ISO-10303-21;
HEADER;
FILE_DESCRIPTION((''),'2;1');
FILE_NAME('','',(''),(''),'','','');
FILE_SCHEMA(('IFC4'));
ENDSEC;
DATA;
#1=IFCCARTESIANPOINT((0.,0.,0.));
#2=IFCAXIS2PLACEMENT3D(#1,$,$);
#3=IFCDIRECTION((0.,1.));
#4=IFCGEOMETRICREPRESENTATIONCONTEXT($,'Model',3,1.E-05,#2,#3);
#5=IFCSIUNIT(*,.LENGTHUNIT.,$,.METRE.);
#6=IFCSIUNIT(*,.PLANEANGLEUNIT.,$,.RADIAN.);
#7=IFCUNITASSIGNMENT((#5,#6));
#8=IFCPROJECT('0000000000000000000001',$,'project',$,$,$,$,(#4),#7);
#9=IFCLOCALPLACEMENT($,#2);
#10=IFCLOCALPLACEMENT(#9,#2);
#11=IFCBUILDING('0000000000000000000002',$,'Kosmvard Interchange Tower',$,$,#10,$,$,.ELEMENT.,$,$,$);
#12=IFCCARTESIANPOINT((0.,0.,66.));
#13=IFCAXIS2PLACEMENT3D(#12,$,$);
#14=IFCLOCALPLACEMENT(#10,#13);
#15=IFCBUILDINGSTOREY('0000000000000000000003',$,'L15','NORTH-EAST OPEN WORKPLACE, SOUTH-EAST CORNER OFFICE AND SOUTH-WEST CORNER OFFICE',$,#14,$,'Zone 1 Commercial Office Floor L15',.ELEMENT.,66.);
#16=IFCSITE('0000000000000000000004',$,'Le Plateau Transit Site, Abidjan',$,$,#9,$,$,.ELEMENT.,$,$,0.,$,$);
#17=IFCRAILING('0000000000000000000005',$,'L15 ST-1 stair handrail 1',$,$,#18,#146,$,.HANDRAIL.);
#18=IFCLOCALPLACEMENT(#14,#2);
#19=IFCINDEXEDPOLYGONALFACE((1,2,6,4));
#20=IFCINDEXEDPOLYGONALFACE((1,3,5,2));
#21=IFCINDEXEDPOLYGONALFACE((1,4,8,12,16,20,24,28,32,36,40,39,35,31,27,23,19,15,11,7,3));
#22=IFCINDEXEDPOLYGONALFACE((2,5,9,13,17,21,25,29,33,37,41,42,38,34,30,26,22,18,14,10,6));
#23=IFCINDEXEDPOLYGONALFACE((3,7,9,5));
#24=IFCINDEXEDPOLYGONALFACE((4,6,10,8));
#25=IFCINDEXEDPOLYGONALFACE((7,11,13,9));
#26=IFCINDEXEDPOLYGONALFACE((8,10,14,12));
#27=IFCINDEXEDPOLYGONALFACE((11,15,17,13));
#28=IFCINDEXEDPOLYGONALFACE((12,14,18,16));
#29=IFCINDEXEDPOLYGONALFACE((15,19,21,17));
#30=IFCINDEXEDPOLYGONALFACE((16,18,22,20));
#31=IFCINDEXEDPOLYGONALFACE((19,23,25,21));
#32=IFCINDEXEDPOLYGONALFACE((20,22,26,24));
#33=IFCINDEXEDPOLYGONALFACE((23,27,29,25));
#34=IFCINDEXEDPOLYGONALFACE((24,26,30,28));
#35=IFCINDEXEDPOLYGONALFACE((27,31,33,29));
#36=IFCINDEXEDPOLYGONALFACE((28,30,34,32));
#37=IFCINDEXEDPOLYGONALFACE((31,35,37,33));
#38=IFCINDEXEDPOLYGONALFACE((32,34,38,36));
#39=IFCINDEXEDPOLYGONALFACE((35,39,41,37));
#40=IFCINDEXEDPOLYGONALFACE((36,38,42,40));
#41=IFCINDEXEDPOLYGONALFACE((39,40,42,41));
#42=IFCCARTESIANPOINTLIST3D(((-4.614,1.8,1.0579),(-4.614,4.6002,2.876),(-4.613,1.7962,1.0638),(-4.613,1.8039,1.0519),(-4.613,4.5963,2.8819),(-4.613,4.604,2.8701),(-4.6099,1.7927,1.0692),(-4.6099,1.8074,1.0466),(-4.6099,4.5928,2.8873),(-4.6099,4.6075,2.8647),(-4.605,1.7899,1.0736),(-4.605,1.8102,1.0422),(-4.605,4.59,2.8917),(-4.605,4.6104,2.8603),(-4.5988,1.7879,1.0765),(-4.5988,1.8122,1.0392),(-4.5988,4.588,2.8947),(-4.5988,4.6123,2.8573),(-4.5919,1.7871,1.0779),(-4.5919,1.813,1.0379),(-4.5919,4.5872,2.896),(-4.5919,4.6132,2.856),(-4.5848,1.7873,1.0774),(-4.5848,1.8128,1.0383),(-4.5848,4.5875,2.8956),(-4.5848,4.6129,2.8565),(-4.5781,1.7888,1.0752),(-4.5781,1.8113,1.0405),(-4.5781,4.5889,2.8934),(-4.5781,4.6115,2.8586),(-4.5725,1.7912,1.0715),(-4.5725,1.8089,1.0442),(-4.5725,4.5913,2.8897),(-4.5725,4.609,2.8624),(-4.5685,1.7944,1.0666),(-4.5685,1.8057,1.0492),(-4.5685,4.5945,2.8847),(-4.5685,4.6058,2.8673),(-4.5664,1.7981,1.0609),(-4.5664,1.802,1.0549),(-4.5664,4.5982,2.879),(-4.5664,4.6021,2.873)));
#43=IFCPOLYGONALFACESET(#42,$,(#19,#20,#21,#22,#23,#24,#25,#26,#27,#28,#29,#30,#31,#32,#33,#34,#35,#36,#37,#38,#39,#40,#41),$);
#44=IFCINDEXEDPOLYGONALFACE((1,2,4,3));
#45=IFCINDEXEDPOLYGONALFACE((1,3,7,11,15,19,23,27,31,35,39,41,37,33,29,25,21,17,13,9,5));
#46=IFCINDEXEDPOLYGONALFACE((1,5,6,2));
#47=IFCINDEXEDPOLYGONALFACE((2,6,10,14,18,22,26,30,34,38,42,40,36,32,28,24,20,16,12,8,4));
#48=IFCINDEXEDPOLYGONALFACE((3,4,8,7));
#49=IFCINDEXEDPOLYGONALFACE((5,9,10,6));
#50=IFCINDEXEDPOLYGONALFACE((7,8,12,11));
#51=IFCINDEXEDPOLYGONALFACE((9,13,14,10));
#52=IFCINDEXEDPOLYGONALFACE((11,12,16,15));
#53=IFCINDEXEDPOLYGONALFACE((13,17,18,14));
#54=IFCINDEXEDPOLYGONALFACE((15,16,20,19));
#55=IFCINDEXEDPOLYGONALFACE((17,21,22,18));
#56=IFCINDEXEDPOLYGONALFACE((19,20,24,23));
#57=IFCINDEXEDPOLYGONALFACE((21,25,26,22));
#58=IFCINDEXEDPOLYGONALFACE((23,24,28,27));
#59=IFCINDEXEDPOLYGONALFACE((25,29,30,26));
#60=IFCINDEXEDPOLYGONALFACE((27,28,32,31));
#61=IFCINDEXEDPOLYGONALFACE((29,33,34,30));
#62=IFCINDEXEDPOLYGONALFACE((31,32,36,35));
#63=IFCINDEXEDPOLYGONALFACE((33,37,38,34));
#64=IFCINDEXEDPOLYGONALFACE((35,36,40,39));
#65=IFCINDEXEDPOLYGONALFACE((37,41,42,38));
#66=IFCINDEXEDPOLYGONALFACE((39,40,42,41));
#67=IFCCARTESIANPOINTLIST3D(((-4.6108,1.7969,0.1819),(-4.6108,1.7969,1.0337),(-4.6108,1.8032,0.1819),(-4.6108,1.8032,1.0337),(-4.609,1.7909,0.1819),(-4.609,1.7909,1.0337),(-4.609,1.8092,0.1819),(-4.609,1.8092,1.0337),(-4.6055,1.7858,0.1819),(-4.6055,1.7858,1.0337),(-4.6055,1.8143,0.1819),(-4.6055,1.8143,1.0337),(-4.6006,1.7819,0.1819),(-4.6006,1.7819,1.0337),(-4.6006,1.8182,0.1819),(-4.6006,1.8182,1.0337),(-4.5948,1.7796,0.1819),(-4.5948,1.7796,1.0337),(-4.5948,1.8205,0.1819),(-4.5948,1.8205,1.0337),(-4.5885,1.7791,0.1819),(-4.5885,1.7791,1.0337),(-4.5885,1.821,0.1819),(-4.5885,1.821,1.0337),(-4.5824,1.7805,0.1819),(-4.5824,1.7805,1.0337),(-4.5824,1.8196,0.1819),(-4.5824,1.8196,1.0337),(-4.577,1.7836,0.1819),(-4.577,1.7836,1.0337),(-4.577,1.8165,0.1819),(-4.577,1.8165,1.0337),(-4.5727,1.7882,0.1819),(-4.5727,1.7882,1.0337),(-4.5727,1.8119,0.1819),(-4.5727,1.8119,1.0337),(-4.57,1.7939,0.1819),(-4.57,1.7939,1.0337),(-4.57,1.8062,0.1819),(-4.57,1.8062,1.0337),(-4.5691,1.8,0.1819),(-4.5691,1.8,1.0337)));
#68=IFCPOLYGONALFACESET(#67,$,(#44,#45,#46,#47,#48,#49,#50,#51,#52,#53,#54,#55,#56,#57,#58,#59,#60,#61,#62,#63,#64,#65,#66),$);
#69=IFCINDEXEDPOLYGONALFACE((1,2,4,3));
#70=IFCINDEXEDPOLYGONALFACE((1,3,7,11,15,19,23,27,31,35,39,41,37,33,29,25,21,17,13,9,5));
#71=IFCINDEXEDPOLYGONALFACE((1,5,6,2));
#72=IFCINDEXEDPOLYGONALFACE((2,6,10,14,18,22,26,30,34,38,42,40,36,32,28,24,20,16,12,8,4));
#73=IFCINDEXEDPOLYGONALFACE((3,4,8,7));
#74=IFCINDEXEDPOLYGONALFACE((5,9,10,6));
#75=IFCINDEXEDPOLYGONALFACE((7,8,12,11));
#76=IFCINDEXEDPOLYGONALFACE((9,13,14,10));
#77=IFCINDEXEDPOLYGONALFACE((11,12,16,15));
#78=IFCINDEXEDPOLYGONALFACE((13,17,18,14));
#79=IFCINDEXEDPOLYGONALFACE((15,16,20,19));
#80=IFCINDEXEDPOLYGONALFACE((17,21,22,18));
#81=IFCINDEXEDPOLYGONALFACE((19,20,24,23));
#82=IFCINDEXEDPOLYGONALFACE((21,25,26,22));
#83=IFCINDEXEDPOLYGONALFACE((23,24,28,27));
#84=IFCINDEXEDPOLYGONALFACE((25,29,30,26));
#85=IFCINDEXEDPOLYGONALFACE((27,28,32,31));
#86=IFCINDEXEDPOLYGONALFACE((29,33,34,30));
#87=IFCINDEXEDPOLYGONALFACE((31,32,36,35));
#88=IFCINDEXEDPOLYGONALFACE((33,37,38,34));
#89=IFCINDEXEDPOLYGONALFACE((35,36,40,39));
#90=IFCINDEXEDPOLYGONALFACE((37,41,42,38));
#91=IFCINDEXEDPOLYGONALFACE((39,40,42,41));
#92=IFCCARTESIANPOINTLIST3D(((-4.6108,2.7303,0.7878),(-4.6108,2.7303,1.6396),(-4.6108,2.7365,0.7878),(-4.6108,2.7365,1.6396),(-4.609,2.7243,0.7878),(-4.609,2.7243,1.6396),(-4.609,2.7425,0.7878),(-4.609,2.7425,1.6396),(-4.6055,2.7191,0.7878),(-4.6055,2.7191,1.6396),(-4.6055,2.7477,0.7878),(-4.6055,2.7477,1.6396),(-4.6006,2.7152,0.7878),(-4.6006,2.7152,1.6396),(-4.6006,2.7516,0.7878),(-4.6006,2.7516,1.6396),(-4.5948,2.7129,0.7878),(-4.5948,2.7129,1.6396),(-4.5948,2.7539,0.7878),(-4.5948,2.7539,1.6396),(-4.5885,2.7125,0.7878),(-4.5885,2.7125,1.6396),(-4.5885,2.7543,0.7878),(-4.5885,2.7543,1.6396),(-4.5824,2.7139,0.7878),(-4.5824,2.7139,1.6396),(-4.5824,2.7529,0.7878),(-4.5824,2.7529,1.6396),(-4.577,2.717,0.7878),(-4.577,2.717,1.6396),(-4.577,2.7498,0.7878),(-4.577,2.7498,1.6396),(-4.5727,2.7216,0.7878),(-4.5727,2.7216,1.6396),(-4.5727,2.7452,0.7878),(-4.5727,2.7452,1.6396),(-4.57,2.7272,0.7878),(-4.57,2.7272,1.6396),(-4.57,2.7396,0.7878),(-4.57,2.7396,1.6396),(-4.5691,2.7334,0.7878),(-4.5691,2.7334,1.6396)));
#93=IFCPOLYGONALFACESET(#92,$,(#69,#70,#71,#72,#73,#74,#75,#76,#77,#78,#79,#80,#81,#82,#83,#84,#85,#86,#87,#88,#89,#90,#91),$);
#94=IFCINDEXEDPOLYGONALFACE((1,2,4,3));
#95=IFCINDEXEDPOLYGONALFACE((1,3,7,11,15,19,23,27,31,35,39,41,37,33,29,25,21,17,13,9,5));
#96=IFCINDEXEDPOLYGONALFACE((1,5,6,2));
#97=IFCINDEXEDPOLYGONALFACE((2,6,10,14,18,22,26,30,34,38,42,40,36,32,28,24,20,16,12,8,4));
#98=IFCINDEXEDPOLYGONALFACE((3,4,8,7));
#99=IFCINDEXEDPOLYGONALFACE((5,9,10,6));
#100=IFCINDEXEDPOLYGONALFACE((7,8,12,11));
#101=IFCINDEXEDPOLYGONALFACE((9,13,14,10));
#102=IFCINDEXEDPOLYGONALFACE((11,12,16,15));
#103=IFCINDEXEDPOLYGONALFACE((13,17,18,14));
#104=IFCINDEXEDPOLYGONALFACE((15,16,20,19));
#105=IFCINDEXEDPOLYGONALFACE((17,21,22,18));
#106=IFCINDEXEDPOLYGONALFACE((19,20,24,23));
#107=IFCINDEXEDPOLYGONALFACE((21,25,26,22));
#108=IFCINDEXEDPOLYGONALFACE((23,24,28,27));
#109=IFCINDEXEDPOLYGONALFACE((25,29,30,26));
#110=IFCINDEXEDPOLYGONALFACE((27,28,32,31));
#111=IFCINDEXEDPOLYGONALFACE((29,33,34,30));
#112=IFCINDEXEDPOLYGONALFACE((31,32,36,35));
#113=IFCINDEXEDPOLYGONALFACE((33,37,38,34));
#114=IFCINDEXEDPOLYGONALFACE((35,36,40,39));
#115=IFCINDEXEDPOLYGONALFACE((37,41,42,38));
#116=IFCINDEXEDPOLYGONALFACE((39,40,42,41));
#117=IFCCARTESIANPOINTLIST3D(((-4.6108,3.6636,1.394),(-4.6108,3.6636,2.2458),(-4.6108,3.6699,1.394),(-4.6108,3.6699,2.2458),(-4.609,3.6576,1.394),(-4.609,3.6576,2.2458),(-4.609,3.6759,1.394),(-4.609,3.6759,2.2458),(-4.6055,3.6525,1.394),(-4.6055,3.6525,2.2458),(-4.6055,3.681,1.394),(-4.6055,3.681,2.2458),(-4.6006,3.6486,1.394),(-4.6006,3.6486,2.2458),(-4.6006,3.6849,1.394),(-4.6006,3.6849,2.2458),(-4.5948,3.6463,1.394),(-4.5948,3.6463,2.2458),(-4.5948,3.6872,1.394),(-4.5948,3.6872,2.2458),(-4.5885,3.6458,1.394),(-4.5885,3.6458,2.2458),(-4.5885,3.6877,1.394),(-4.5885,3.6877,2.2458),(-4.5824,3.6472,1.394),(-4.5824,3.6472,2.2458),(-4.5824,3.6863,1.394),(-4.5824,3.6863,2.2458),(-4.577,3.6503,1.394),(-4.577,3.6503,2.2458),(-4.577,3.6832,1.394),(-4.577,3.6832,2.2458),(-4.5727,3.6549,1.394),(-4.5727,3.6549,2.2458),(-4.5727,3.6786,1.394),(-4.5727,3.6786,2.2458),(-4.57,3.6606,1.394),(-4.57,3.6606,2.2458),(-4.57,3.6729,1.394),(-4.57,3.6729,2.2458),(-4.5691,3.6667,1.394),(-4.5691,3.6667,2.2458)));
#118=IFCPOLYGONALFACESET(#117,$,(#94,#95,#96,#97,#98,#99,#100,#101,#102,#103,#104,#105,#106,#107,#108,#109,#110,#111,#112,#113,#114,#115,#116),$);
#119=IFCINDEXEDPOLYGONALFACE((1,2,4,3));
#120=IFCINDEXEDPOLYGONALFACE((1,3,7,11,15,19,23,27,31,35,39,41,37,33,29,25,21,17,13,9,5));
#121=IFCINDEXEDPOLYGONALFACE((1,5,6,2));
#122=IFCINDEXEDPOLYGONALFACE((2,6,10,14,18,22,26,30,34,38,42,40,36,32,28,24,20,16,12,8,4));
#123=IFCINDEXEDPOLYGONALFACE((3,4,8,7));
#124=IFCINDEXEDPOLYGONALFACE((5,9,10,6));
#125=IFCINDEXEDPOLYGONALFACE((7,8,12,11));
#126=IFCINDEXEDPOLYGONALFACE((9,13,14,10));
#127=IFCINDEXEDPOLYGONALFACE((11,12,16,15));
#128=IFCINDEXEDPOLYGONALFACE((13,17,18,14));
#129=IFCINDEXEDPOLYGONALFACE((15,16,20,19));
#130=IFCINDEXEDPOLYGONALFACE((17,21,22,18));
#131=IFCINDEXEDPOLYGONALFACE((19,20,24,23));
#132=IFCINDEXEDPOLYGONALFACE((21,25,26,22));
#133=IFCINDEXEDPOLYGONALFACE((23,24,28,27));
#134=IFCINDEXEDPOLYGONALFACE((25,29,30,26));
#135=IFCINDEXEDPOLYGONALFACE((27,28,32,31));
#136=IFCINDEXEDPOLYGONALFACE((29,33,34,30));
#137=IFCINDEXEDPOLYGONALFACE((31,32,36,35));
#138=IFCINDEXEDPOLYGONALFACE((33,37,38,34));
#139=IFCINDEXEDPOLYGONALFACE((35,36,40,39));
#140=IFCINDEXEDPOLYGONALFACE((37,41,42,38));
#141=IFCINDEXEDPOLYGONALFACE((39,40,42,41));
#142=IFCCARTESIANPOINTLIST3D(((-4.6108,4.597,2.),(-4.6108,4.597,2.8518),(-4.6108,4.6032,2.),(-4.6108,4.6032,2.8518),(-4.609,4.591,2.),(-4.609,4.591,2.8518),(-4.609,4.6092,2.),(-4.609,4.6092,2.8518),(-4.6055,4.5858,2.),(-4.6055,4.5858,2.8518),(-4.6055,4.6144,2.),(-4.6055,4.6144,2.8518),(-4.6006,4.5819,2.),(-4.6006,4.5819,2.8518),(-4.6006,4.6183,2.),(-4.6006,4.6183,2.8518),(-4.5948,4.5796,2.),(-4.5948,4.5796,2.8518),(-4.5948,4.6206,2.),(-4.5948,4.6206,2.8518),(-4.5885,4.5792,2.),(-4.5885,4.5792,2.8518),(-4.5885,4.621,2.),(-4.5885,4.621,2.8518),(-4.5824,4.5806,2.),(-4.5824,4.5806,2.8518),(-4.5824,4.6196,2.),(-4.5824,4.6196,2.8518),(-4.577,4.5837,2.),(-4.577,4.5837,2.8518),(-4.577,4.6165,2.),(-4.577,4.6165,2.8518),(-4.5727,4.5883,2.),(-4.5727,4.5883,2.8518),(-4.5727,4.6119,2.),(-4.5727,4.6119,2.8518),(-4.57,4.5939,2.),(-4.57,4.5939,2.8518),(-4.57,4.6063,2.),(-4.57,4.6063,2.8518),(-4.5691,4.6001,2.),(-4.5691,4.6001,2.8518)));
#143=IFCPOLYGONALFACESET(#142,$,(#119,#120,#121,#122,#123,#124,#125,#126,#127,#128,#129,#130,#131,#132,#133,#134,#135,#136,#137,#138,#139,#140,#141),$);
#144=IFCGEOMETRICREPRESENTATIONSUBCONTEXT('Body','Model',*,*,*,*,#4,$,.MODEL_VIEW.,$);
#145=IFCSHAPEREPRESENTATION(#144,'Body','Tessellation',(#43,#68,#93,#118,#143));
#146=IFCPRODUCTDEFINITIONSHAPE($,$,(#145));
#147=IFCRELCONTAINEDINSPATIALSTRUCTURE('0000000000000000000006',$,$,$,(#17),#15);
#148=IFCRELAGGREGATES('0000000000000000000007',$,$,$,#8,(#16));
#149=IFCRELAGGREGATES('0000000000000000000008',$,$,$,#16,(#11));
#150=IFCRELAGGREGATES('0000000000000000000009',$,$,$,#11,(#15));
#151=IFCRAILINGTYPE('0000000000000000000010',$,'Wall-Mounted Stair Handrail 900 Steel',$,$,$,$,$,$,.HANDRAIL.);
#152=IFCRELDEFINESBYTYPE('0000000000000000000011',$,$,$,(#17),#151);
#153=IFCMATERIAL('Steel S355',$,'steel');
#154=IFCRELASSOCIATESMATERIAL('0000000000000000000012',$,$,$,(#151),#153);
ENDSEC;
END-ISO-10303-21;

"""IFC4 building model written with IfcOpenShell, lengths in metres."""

from ifc_helpers import new_model, si_unit, direction, frame, origin, origin_2d, place, context, subcontext, project, spatial, circle, extrude, source, transform, mapped, material, type_object, element, save


model = new_model("IFC4")

# Units and contexts
model_context = context("Model", 3, precision=1e-05, world=origin(), true_north=direction((0.0, 1.0)))
body_context = subcontext(model_context, "Body", "Model", "MODEL_VIEW")
ifc_project = project(units=[si_unit("LENGTHUNIT", "METRE"), si_unit("PLANEANGLEUNIT", "RADIAN")], contexts=[model_context])

# Site, building, storey
site_placement = place(None, origin())
site = spatial("IfcSite", under=ifc_project, at=site_placement, Name="Le Plateau Transit Site, Abidjan", CompositionType="ELEMENT", RefElevation=0.0)
building_placement = place(site_placement, origin())
building = spatial("IfcBuilding", under=site, at=building_placement, Name="Kosmvard Interchange Tower", CompositionType="ELEMENT")
storey_placement = place(building_placement, frame((0.0, 0.0, 66.0)))
storey = spatial("IfcBuildingStorey", under=building, at=storey_placement, Name="L15", Description="NORTH-EAST OPEN WORKPLACE, SOUTH-EAST CORNER OFFICE AND SOUTH-WEST CORNER OFFICE", LongName="Zone 1 Commercial Office Floor L15", CompositionType="ELEMENT", Elevation=66.0)

# Shared definitions
ifc_material_1 = material(Name="Steel S355", Category="steel")

# Railing
railing_type_1 = type_object("IfcRailingType", Name="Wall-Mounted Stair Handrail 900 Steel", PredefinedType="HANDRAIL", material=ifc_material_1)
shared_shape_1 = source(origin(), body_context, "Body", "SweptSolid", [
    extrude(circle(Radius=0.0239, at=origin_2d()), frame((0.0, 0.0, 0.876), z_axis=(0.0, 0.838706, 0.544585), x_axis=(-1.0, 0.0, 0.0)), (0.0, 0.0, 1.0), 3.3386),
    extrude(circle(Radius=0.021, at=origin_2d()), origin(), (0.0, 0.0, 1.0), 0.8518),
    extrude(circle(Radius=0.021, at=origin_2d()), frame((0.0, 0.9333, 0.606)), (0.0, 0.0, 1.0), 0.8518),
    extrude(circle(Radius=0.021, at=origin_2d()), frame((0.0, 1.8667, 1.2122)), (0.0, 0.0, 1.0), 0.8518),
    extrude(circle(Radius=0.021, at=origin_2d()), frame((0.0, 2.8, 1.8181)), (0.0, 0.0, 1.0), 0.8518),
])
railing_1_placement = place(storey_placement, frame((-4.5901, 1.8, 0.1819)))
element("IfcRailing", 1, at=railing_1_placement, inside=storey, type_object=railing_type_1, Name="L15 ST-1 stair handrail 1", PredefinedType="HANDRAIL", context=body_context, shape_type="MappedRepresentation", body=[
    mapped(shared_shape_1, transform((0.0, 0.0, 0.0), scale=1.0)),
])

save(model, "model.ifc")
